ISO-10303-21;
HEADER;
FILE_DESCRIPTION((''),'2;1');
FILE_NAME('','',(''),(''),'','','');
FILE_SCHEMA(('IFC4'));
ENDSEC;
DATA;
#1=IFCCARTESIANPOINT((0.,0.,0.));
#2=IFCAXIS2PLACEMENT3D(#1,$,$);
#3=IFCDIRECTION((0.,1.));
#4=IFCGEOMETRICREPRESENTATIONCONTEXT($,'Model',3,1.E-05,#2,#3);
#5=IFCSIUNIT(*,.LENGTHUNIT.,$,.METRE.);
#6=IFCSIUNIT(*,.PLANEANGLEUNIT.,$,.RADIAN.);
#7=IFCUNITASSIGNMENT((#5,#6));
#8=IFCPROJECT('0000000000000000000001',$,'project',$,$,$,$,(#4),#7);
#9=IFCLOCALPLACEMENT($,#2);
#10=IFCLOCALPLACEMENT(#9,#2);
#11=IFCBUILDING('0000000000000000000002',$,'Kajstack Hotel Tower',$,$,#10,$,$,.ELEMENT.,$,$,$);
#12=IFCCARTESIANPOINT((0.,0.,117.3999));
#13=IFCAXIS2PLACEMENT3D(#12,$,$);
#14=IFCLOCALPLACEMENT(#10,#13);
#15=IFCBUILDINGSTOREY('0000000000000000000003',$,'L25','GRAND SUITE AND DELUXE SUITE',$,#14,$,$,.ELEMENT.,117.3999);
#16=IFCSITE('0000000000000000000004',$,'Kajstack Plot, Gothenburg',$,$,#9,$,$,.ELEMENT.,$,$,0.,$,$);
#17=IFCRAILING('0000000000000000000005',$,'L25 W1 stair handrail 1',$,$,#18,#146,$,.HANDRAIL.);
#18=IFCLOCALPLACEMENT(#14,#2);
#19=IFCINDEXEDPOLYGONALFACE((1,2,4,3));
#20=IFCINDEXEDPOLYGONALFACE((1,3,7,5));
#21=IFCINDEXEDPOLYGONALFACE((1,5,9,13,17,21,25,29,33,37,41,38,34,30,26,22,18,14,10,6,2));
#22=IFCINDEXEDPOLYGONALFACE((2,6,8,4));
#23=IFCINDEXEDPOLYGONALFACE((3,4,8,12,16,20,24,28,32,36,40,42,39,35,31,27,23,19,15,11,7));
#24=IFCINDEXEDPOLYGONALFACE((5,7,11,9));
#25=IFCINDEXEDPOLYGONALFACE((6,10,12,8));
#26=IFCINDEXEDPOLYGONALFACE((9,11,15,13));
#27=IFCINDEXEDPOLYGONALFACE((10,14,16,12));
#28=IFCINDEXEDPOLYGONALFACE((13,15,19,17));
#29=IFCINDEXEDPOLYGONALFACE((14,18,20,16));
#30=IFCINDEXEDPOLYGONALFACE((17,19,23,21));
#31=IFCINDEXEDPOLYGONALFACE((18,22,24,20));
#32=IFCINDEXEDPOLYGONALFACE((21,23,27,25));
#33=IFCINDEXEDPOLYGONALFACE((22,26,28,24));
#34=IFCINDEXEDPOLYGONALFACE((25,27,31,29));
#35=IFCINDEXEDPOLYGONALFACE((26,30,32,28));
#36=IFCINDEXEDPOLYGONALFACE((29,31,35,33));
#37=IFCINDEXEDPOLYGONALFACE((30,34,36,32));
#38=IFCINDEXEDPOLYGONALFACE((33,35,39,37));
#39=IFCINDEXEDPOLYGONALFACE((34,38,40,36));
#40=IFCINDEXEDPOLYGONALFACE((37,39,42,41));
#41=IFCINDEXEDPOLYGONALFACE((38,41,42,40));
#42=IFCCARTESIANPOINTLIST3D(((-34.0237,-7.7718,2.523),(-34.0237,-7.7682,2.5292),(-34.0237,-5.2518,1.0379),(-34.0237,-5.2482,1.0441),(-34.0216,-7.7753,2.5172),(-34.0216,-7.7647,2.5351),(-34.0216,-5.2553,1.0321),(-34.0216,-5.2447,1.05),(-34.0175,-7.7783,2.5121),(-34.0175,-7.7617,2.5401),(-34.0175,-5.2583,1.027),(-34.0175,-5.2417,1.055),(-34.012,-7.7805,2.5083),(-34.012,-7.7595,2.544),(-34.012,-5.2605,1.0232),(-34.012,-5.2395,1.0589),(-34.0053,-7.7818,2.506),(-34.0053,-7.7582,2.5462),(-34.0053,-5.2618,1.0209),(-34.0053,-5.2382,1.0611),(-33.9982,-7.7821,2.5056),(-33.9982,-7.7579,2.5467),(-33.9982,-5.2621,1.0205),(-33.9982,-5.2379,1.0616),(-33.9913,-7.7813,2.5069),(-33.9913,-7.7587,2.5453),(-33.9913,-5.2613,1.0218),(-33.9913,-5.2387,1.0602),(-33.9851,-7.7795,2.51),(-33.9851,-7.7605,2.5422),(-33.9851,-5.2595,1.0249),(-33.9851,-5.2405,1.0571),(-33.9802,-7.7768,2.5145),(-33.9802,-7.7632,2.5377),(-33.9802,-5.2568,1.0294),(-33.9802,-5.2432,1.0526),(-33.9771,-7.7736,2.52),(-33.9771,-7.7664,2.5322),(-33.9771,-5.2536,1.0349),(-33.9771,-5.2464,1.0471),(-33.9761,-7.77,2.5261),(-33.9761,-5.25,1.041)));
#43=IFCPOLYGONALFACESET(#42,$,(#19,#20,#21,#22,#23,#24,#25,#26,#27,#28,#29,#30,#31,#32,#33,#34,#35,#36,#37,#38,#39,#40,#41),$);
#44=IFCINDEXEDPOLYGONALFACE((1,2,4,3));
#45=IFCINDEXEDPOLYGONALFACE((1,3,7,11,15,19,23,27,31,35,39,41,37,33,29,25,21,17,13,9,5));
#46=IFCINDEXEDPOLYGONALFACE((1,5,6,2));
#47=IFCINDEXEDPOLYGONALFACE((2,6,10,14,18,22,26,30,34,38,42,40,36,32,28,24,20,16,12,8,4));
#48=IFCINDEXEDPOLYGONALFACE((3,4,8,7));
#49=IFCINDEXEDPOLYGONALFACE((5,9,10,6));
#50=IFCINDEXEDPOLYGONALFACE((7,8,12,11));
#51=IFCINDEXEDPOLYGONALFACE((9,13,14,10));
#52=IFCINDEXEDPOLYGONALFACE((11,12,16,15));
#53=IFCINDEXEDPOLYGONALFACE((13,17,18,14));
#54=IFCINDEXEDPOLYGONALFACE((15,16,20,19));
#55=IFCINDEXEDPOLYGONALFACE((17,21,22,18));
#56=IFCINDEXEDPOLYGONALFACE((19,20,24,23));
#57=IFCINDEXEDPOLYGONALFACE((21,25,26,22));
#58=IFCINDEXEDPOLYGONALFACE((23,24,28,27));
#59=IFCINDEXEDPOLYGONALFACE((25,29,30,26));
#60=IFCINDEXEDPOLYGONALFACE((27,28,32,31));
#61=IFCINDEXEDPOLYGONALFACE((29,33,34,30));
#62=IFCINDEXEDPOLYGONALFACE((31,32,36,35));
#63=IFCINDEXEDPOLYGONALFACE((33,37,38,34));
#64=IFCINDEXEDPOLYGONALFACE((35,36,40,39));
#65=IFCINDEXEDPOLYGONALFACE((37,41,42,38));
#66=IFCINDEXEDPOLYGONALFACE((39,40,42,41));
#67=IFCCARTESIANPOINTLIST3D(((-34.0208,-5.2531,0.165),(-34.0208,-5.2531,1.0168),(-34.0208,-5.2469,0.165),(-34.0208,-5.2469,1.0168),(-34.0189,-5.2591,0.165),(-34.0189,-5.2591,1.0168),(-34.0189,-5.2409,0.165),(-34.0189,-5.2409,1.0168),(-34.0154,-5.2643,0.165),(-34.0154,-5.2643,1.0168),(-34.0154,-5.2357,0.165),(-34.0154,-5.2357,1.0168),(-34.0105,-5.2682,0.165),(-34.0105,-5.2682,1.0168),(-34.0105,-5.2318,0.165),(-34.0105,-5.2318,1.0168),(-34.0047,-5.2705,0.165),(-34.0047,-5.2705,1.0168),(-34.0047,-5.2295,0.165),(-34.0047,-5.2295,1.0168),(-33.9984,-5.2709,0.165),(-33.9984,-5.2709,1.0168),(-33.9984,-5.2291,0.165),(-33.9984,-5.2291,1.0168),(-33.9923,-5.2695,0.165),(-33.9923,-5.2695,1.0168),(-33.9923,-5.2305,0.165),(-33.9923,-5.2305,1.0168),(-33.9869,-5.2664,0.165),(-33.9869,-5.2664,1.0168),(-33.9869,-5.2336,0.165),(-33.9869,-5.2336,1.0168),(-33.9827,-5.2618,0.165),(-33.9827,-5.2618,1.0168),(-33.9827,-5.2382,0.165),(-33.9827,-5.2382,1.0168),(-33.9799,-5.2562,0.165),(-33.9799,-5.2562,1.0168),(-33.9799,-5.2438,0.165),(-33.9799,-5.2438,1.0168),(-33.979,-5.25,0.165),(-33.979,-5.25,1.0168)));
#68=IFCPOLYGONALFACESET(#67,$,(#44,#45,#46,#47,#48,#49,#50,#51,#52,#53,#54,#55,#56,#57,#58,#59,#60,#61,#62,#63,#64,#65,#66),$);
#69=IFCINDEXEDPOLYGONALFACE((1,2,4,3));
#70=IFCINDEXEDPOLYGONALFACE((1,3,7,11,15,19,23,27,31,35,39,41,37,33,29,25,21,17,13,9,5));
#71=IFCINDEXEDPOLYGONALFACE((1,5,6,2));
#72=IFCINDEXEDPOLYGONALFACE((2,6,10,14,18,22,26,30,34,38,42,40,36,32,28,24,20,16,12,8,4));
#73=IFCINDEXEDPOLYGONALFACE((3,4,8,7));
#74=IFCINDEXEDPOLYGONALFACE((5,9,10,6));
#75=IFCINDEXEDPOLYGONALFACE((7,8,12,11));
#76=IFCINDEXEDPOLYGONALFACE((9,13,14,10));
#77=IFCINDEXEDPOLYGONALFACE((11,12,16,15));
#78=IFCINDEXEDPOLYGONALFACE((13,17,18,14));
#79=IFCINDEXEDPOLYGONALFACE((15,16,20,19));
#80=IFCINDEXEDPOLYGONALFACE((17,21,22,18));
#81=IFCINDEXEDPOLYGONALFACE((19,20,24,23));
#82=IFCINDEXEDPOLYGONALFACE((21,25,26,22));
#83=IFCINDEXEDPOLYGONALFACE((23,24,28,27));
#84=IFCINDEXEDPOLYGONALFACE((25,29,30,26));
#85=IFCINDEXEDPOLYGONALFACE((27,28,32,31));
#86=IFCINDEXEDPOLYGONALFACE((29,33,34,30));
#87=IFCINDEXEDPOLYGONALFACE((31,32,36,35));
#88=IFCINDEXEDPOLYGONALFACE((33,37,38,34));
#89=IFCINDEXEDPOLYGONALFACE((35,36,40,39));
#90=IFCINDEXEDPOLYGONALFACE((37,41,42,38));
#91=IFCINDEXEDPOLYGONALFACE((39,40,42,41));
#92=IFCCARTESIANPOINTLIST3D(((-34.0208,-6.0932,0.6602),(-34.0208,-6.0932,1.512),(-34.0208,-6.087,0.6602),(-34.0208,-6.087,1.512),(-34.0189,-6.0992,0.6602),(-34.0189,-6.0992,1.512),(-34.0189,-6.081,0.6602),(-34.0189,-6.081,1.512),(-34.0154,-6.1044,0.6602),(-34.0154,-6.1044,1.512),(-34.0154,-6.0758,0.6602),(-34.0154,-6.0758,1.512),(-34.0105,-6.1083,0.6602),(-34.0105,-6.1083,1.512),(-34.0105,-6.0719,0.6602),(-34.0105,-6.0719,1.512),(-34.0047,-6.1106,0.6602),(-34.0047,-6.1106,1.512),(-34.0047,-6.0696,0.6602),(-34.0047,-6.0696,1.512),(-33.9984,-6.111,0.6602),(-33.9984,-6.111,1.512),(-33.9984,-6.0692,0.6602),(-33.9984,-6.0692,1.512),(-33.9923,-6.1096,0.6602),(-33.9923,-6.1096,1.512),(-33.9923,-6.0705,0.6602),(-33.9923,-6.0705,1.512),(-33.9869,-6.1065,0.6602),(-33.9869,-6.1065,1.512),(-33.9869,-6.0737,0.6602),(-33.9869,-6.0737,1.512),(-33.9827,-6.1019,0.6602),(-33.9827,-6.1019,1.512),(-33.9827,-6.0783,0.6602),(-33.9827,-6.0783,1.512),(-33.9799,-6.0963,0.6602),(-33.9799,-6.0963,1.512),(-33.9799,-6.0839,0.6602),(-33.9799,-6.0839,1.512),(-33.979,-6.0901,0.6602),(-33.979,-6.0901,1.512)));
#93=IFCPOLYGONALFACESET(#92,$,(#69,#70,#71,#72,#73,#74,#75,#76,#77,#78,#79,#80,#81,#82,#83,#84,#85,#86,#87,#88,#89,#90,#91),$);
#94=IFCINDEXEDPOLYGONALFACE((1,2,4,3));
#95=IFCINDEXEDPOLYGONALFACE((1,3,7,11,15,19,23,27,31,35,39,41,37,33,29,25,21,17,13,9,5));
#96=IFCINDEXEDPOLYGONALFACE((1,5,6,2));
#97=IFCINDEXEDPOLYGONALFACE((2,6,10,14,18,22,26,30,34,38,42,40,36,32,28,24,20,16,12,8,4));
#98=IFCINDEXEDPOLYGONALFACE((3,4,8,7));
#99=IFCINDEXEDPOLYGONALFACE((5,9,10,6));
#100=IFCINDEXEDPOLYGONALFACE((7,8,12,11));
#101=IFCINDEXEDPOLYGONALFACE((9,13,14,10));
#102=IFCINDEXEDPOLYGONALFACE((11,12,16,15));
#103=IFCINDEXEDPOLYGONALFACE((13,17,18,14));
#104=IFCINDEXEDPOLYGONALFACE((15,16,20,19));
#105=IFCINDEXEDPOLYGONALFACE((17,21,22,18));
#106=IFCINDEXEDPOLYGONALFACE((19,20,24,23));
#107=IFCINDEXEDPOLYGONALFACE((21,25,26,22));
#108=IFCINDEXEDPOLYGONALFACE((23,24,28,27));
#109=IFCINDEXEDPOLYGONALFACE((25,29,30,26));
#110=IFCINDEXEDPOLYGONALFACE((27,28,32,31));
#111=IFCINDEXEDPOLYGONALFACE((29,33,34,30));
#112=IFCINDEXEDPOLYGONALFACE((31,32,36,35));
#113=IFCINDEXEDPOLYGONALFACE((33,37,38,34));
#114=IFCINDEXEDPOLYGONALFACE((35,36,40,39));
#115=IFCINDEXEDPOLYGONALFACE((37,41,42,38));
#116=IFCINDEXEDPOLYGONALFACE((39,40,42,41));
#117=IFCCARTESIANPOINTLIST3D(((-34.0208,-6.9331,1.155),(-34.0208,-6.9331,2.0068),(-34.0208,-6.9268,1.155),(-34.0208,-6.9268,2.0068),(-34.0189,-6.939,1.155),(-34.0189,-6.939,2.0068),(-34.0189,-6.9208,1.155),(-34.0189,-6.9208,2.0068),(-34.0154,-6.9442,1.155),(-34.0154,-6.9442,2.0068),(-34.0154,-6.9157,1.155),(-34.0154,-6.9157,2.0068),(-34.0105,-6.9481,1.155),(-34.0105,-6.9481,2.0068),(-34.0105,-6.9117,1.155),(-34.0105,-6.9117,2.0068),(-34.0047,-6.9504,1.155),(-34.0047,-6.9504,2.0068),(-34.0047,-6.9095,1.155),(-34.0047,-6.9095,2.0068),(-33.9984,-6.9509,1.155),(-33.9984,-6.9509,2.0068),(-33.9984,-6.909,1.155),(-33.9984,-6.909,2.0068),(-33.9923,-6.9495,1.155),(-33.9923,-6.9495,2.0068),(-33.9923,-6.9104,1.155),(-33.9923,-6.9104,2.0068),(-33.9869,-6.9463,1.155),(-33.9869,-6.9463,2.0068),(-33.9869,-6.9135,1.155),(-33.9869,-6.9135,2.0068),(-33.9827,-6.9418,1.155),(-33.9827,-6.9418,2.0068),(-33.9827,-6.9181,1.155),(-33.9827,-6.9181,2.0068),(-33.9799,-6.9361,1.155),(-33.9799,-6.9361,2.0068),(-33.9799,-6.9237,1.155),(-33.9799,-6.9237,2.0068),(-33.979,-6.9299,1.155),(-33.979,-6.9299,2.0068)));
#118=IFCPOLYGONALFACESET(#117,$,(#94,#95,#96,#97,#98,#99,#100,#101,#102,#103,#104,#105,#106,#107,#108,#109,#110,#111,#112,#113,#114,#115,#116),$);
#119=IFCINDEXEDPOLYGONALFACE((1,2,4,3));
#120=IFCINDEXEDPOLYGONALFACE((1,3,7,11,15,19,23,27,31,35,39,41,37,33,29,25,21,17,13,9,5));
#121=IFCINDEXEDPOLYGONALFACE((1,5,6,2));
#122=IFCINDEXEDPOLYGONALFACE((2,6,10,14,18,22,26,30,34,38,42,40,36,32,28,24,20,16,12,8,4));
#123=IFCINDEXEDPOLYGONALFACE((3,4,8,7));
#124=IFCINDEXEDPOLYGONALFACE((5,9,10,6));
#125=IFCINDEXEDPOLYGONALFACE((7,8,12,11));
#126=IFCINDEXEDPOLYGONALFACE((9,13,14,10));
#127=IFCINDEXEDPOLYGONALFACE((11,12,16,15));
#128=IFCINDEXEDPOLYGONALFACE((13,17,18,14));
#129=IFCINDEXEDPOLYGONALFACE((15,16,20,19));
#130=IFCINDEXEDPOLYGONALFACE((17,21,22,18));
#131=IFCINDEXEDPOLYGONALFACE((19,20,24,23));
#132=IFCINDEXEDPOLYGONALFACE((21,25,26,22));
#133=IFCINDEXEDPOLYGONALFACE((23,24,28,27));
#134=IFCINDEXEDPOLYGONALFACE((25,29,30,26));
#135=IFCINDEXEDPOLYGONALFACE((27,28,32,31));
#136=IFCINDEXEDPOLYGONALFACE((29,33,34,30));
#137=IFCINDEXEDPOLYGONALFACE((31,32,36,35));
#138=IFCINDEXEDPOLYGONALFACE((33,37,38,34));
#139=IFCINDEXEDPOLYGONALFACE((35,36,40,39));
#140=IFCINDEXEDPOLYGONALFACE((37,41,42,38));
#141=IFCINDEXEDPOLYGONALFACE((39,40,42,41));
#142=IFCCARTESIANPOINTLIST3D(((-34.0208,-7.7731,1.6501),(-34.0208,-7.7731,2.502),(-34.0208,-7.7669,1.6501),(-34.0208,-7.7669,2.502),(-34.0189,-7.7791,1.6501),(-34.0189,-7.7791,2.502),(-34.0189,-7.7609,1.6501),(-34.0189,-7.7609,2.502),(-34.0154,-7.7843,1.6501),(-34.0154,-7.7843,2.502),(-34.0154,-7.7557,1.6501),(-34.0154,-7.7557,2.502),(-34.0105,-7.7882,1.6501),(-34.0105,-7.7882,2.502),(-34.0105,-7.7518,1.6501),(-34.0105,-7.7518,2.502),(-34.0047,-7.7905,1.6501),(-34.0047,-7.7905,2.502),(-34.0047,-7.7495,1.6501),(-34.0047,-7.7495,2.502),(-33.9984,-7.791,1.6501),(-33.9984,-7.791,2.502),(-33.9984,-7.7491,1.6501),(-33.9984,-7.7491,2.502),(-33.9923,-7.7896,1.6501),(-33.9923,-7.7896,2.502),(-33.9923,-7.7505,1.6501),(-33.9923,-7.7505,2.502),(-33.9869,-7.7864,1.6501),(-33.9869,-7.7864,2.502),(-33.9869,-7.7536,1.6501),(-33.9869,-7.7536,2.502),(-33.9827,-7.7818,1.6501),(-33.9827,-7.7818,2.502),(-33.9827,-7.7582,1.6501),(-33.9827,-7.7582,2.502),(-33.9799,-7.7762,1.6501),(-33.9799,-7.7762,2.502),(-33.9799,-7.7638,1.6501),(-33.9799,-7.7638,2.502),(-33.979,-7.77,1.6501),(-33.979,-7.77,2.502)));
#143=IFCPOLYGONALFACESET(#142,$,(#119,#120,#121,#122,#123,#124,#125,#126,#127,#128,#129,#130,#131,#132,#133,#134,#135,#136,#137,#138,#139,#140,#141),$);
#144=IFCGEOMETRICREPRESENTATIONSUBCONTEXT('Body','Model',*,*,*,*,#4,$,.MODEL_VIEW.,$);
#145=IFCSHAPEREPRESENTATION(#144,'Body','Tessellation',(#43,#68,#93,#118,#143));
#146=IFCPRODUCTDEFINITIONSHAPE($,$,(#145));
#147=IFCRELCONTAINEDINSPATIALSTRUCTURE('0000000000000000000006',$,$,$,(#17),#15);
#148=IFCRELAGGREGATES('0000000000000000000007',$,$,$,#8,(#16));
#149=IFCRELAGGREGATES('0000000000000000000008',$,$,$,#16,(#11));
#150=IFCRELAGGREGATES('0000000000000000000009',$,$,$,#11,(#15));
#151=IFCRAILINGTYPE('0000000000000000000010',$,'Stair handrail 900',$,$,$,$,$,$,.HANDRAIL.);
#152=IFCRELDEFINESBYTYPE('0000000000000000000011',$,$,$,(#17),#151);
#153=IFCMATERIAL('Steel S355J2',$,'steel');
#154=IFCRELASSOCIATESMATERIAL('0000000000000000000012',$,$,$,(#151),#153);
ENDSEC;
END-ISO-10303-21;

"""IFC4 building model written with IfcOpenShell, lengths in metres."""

from ifc_helpers import new_model, si_unit, direction, frame, origin, origin_2d, place, context, subcontext, project, spatial, circle, extrude, material, type_object, element, save


model = new_model("IFC4")

# Units and contexts
model_context = context("Model", 3, precision=1e-05, world=origin(), true_north=direction((0.0, 1.0)))
body_context = subcontext(model_context, "Body", "Model", "MODEL_VIEW")
ifc_project = project(units=[si_unit("LENGTHUNIT", "METRE"), si_unit("PLANEANGLEUNIT", "RADIAN")], contexts=[model_context])

# Site, building, storey
site_placement = place(None, origin())
site = spatial("IfcSite", under=ifc_project, at=site_placement, Name="Kajstack Plot, Gothenburg", CompositionType="ELEMENT", RefElevation=0.0)
building_placement = place(site_placement, origin())
building = spatial("IfcBuilding", under=site, at=building_placement, Name="Kajstack Hotel Tower", CompositionType="ELEMENT")
storey_placement = place(building_placement, frame((0.0, 0.0, 117.3999)))
storey = spatial("IfcBuildingStorey", under=building, at=storey_placement, Name="L25", Description="GRAND SUITE AND DELUXE SUITE", CompositionType="ELEMENT", Elevation=117.3999)

# Railing
ifc_material_1 = material(Name="Steel S355J2", Category="steel")
railing_type_1 = type_object("IfcRailingType", Name="Stair handrail 900", PredefinedType="HANDRAIL", material=ifc_material_1)
railing_1_placement = place(storey_placement, frame((-34.0, -5.25, 0.165)))
element("IfcRailing", 1, at=railing_1_placement, inside=storey, type_object=railing_type_1, Name="L25 W1 stair handrail 1", PredefinedType="HANDRAIL", context=body_context, shape_type="SweptSolid", body=[
    extrude(circle(Radius=0.0239, at=origin_2d()), frame((0.0, 0.0, 0.876), z_axis=(0.0, -0.861524, 0.507717), x_axis=(1.0, 0.0, 0.0)), (0.0, 0.0, 1.0), 2.925),
    extrude(circle(Radius=0.021, at=origin_2d()), origin(), (0.0, 0.0, 1.0), 0.8518),
    extrude(circle(Radius=0.021, at=origin_2d()), frame((0.0, -0.8401, 0.4951)), (0.0, 0.0, 1.0), 0.8518),
    extrude(circle(Radius=0.021, at=origin_2d()), frame((0.0, -1.6799, 0.99)), (0.0, 0.0, 1.0), 0.8518),
    extrude(circle(Radius=0.021, at=origin_2d()), frame((0.0, -2.52, 1.4851)), (0.0, 0.0, 1.0), 0.8518),
])

save(model, "model.ifc")
